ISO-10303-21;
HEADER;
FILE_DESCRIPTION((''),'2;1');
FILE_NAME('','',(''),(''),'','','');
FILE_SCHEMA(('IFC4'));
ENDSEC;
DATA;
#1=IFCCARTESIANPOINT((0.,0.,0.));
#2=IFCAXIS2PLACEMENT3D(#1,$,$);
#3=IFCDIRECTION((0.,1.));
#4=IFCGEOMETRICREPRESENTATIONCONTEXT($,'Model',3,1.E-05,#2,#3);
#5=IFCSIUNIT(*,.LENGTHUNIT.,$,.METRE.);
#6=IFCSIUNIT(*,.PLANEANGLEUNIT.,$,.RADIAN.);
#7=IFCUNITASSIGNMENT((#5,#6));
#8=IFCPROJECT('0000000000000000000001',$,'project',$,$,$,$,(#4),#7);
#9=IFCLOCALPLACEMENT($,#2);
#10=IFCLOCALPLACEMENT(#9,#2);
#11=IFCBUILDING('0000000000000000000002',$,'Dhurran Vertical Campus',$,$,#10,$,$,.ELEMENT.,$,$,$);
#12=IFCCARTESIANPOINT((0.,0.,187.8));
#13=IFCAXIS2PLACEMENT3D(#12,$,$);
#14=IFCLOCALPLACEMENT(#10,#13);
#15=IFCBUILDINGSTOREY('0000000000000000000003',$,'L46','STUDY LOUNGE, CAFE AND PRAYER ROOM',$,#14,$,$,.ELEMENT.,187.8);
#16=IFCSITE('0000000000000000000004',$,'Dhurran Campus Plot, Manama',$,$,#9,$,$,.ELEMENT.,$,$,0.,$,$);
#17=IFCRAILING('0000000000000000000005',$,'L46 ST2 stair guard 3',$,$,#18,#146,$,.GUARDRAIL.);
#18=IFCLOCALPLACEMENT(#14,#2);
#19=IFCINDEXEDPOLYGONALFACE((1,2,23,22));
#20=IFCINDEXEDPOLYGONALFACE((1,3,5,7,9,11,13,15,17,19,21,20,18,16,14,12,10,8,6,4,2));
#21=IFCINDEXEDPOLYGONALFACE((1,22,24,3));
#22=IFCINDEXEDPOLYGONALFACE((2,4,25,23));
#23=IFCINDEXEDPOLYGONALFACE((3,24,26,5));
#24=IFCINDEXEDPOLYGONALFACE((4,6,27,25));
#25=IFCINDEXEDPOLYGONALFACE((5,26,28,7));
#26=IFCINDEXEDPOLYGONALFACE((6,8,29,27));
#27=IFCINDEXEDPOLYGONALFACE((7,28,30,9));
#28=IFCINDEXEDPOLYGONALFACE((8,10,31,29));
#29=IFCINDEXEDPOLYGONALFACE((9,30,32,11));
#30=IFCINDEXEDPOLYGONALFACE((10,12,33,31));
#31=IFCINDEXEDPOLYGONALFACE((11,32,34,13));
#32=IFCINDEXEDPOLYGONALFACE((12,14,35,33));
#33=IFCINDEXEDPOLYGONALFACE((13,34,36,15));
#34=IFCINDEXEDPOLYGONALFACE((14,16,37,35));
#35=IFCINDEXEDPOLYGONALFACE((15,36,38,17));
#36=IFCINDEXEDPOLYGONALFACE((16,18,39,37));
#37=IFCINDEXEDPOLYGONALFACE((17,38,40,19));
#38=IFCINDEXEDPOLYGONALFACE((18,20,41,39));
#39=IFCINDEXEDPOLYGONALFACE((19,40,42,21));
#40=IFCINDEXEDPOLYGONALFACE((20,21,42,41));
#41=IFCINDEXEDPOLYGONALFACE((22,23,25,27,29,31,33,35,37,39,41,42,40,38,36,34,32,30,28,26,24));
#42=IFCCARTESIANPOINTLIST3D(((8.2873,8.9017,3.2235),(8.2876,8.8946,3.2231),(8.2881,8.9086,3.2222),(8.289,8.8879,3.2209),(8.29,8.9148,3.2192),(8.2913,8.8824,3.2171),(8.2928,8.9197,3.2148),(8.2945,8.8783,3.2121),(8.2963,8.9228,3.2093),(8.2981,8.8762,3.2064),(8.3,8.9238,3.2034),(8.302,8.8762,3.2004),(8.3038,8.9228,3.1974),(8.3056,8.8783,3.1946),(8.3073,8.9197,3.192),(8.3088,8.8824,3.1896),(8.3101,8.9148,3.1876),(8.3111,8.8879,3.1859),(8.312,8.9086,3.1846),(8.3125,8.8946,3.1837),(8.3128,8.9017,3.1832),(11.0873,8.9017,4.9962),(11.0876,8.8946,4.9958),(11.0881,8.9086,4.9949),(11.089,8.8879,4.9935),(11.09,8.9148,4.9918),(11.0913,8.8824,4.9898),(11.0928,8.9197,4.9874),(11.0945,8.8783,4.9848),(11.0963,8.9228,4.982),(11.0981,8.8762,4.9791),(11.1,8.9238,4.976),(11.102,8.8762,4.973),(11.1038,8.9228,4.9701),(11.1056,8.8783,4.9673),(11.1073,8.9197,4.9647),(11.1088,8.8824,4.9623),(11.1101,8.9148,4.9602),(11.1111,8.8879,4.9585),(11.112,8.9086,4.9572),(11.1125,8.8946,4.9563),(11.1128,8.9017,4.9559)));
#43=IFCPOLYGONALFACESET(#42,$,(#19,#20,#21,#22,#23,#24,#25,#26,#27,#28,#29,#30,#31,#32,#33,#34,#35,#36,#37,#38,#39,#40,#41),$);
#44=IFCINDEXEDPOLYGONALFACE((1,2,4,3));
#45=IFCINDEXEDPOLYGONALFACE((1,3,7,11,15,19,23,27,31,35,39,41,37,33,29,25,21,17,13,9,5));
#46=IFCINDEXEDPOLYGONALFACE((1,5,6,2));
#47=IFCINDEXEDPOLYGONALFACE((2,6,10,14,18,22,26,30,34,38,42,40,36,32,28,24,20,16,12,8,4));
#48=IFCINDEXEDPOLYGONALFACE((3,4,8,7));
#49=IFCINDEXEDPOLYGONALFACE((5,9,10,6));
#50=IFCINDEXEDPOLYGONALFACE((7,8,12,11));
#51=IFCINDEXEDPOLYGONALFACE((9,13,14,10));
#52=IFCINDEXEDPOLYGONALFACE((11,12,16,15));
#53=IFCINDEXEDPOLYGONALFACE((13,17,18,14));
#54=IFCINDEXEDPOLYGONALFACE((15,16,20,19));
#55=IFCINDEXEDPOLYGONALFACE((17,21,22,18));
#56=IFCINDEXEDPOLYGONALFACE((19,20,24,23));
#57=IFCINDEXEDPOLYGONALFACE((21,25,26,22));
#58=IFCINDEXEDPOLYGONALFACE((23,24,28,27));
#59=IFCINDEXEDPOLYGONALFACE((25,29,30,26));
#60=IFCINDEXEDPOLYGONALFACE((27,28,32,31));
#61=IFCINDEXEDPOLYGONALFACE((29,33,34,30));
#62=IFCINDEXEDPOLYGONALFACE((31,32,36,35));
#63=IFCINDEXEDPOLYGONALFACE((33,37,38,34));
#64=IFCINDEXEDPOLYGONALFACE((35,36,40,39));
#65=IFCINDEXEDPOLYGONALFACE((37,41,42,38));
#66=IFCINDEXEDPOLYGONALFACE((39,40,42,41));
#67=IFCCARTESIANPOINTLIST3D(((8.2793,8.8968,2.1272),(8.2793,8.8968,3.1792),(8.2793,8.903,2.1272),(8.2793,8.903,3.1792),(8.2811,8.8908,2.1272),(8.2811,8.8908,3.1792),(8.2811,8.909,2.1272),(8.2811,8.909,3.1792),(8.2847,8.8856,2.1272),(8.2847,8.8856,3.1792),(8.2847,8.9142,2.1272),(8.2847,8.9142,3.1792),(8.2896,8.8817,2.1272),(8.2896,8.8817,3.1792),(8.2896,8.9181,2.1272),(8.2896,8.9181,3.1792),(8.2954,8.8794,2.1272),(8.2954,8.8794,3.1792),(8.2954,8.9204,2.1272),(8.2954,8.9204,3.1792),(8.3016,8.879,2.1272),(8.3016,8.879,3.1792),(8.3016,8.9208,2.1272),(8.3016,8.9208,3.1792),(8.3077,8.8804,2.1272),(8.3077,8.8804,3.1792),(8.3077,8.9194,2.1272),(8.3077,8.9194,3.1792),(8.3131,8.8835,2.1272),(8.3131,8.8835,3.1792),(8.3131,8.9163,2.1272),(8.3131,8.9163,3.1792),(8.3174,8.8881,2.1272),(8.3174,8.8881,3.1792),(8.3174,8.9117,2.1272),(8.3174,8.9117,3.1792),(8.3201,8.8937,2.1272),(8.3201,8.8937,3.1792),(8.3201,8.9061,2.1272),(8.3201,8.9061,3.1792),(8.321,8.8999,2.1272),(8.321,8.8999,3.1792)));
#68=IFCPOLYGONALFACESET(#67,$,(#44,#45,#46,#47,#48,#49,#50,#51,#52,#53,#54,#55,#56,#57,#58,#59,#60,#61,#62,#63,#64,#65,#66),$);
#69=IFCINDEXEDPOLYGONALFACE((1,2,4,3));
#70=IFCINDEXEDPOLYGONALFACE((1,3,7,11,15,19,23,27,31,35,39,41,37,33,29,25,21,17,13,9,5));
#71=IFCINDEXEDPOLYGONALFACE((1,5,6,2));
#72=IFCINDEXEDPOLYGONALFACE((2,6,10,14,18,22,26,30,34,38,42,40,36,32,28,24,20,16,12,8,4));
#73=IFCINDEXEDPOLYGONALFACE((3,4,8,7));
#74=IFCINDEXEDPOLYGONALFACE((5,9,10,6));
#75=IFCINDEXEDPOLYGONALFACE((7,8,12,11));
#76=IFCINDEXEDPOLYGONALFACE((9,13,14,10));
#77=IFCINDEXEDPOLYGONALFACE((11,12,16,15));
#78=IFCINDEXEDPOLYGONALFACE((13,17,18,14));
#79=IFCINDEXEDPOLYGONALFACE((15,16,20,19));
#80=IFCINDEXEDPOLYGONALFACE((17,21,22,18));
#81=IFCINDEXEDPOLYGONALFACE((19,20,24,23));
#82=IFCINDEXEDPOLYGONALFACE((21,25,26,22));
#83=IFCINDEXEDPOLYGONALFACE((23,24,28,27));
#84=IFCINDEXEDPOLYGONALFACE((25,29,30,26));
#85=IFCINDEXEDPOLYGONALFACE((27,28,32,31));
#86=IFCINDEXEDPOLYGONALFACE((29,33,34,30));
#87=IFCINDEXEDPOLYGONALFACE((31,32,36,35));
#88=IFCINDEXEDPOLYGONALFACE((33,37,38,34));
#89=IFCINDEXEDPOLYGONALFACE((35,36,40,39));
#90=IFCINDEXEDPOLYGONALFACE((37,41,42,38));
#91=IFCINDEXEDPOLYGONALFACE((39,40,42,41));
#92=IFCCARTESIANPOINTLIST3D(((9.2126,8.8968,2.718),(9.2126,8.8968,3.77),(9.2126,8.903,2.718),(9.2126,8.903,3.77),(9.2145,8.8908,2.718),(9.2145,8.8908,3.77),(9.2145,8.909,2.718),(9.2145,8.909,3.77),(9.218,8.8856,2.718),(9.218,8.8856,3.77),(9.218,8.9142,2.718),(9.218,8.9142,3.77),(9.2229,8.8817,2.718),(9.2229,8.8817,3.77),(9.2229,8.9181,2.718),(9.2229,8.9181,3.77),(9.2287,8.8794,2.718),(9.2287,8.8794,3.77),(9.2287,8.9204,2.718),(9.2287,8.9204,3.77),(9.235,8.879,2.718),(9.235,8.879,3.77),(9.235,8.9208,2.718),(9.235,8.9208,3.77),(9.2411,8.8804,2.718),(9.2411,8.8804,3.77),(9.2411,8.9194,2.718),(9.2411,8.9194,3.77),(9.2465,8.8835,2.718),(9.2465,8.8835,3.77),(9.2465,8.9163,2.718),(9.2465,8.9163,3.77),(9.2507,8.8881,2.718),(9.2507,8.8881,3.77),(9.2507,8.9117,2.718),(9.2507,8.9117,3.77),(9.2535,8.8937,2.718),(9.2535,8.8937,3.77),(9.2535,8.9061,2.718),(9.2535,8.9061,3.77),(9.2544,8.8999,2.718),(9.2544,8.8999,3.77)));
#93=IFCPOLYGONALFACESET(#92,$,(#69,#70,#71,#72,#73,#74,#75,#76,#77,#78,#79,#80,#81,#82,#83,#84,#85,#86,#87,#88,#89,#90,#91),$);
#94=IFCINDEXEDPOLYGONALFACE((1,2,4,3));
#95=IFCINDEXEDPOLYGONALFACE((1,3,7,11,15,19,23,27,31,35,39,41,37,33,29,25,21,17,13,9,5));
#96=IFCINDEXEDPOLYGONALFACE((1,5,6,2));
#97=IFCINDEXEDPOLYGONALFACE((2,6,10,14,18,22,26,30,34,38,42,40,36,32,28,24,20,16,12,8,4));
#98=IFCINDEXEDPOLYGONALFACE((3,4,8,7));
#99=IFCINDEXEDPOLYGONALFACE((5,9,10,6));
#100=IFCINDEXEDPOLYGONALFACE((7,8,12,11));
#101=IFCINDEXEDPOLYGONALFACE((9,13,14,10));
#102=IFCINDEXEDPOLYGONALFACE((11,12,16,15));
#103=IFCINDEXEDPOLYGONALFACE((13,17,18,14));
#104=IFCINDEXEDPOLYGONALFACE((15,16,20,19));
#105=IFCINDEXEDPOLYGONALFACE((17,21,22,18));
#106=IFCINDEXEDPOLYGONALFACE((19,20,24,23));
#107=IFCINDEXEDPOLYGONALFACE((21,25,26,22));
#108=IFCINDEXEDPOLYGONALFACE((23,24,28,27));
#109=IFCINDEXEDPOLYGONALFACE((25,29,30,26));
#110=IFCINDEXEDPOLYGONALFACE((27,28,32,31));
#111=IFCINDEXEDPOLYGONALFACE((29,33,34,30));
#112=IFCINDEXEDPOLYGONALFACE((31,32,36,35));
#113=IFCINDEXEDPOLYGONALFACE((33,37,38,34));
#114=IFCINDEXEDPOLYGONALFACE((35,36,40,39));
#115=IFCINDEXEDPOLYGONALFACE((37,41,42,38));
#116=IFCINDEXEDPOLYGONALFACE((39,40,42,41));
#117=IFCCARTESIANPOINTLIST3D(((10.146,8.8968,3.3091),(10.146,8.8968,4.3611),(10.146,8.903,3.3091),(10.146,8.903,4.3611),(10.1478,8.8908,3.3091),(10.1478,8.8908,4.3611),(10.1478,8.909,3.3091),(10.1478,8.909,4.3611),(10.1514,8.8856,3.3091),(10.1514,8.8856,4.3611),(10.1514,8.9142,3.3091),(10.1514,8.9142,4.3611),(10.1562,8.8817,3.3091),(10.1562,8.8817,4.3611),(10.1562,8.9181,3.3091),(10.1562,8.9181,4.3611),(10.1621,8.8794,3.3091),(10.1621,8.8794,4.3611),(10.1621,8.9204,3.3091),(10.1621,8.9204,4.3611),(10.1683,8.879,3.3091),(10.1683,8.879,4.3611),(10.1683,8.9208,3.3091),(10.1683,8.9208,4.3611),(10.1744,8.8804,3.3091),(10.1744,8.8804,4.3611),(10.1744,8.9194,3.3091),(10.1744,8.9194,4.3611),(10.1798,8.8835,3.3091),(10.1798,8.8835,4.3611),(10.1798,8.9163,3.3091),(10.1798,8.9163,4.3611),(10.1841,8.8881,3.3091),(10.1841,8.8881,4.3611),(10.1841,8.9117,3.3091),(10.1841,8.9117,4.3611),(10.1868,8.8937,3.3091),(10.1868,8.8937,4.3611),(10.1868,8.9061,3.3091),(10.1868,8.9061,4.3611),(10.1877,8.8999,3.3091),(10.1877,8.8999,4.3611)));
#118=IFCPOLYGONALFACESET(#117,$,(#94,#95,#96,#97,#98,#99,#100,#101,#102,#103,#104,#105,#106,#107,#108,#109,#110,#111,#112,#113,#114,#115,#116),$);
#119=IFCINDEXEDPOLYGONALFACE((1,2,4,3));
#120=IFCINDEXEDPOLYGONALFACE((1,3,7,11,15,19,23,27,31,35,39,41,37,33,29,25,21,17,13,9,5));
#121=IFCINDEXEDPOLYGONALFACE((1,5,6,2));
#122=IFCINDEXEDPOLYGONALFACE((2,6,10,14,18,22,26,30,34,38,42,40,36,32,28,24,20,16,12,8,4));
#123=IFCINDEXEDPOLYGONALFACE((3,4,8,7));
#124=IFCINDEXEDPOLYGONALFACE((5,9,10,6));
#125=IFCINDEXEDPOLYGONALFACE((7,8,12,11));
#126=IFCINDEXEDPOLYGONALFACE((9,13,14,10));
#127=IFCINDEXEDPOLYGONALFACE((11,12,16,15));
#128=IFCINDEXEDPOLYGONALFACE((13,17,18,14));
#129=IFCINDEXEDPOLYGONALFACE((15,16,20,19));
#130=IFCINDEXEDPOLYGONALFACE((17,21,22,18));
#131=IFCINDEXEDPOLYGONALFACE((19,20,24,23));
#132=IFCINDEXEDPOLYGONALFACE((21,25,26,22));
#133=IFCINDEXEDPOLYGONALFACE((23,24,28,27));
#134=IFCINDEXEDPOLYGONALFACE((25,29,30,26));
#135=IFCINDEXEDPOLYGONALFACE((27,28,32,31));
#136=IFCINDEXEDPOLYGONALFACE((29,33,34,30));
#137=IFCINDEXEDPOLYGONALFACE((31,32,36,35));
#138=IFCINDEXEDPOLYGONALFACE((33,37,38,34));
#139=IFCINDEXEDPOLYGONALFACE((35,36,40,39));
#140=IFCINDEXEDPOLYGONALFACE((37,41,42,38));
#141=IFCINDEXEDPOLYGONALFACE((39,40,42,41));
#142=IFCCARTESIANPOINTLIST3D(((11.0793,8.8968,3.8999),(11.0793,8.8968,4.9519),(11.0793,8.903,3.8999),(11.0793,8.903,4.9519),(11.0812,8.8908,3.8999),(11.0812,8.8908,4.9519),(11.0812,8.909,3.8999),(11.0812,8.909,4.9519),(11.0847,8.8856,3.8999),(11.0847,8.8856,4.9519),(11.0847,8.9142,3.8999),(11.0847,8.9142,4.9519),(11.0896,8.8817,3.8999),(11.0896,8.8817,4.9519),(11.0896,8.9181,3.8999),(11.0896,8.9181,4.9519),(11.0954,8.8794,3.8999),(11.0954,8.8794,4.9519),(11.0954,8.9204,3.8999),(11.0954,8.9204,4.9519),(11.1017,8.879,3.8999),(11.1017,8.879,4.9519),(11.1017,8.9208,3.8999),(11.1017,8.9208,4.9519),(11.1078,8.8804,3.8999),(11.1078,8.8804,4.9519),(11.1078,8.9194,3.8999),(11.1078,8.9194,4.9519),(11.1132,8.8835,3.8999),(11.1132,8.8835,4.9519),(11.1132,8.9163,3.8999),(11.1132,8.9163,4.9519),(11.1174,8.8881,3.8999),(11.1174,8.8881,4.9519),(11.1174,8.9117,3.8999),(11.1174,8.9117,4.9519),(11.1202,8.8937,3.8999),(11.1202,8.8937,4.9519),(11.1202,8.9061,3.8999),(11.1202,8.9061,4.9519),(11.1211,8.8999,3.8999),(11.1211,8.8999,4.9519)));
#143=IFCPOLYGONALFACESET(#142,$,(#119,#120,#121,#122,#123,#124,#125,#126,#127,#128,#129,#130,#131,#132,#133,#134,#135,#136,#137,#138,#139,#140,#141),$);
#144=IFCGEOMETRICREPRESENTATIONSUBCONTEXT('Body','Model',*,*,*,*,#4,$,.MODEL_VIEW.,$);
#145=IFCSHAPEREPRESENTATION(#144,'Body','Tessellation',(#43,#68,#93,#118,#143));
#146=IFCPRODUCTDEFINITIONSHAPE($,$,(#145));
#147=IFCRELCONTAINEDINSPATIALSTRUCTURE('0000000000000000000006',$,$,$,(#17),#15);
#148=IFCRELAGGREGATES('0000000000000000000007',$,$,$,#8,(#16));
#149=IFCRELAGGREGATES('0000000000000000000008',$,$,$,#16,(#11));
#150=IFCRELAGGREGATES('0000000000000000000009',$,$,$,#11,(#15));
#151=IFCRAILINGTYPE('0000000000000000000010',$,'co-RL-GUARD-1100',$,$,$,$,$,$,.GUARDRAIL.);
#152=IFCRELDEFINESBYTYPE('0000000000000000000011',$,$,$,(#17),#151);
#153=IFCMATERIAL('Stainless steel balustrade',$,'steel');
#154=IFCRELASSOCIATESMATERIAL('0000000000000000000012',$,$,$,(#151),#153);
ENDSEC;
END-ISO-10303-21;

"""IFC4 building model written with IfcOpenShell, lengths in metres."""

from ifc_helpers import new_model, si_unit, direction, frame, origin, origin_2d, place, context, subcontext, project, spatial, circle, extrude, material, type_object, element, save


model = new_model("IFC4")

# Units and contexts
model_context = context("Model", 3, precision=1e-05, world=origin(), true_north=direction((0.0, 1.0)))
body_context = subcontext(model_context, "Body", "Model", "MODEL_VIEW")
ifc_project = project(units=[si_unit("LENGTHUNIT", "METRE"), si_unit("PLANEANGLEUNIT", "RADIAN")], contexts=[model_context])

# Site, building, storey
site_placement = place(None, origin())
site = spatial("IfcSite", under=ifc_project, at=site_placement, Name="Dhurran Campus Plot, Manama", CompositionType="ELEMENT", RefElevation=0.0)
building_placement = place(site_placement, origin())
building = spatial("IfcBuilding", under=site, at=building_placement, Name="Dhurran Vertical Campus", CompositionType="ELEMENT")
storey_placement = place(building_placement, frame((0.0, 0.0, 187.8)))
storey = spatial("IfcBuildingStorey", under=building, at=storey_placement, Name="L46", Description="STUDY LOUNGE, CAFE AND PRAYER ROOM", CompositionType="ELEMENT", Elevation=187.8)

# Railing
ifc_material_1 = material(Name="Stainless steel balustrade", Category="steel")
railing_type_1 = type_object("IfcRailingType", Name="co-RL-GUARD-1100", PredefinedType="GUARDRAIL", material=ifc_material_1)
railing_1_placement = place(storey_placement, frame((8.3, 8.8999, 2.1272)))
element("IfcRailing", 1, at=railing_1_placement, inside=storey, type_object=railing_type_1, Name="L46 ST2 stair guard 3", PredefinedType="GUARDRAIL", context=body_context, shape_type="SweptSolid", body=[
    extrude(circle(Radius=0.0239, at=origin_2d()), frame((0.0, 0.0, 1.0762), z_axis=(0.844909, 0.0, 0.53491), x_axis=(0.0, 1.0, 0.0)), (0.0, 0.0, 1.0), 3.314),
    extrude(circle(Radius=0.021, at=origin_2d()), origin(), (0.0, 0.0, 1.0), 1.052),
    extrude(circle(Radius=0.021, at=origin_2d()), frame((0.9333, 0.0, 0.5908)), (0.0, 0.0, 1.0), 1.052),
    extrude(circle(Radius=0.021, at=origin_2d()), frame((1.8667, 0.0, 1.1819)), (0.0, 0.0, 1.0), 1.052),
    extrude(circle(Radius=0.021, at=origin_2d()), frame((2.8, 0.0, 1.7727)), (0.0, 0.0, 1.0), 1.052),
])

save(model, "model.ifc")
